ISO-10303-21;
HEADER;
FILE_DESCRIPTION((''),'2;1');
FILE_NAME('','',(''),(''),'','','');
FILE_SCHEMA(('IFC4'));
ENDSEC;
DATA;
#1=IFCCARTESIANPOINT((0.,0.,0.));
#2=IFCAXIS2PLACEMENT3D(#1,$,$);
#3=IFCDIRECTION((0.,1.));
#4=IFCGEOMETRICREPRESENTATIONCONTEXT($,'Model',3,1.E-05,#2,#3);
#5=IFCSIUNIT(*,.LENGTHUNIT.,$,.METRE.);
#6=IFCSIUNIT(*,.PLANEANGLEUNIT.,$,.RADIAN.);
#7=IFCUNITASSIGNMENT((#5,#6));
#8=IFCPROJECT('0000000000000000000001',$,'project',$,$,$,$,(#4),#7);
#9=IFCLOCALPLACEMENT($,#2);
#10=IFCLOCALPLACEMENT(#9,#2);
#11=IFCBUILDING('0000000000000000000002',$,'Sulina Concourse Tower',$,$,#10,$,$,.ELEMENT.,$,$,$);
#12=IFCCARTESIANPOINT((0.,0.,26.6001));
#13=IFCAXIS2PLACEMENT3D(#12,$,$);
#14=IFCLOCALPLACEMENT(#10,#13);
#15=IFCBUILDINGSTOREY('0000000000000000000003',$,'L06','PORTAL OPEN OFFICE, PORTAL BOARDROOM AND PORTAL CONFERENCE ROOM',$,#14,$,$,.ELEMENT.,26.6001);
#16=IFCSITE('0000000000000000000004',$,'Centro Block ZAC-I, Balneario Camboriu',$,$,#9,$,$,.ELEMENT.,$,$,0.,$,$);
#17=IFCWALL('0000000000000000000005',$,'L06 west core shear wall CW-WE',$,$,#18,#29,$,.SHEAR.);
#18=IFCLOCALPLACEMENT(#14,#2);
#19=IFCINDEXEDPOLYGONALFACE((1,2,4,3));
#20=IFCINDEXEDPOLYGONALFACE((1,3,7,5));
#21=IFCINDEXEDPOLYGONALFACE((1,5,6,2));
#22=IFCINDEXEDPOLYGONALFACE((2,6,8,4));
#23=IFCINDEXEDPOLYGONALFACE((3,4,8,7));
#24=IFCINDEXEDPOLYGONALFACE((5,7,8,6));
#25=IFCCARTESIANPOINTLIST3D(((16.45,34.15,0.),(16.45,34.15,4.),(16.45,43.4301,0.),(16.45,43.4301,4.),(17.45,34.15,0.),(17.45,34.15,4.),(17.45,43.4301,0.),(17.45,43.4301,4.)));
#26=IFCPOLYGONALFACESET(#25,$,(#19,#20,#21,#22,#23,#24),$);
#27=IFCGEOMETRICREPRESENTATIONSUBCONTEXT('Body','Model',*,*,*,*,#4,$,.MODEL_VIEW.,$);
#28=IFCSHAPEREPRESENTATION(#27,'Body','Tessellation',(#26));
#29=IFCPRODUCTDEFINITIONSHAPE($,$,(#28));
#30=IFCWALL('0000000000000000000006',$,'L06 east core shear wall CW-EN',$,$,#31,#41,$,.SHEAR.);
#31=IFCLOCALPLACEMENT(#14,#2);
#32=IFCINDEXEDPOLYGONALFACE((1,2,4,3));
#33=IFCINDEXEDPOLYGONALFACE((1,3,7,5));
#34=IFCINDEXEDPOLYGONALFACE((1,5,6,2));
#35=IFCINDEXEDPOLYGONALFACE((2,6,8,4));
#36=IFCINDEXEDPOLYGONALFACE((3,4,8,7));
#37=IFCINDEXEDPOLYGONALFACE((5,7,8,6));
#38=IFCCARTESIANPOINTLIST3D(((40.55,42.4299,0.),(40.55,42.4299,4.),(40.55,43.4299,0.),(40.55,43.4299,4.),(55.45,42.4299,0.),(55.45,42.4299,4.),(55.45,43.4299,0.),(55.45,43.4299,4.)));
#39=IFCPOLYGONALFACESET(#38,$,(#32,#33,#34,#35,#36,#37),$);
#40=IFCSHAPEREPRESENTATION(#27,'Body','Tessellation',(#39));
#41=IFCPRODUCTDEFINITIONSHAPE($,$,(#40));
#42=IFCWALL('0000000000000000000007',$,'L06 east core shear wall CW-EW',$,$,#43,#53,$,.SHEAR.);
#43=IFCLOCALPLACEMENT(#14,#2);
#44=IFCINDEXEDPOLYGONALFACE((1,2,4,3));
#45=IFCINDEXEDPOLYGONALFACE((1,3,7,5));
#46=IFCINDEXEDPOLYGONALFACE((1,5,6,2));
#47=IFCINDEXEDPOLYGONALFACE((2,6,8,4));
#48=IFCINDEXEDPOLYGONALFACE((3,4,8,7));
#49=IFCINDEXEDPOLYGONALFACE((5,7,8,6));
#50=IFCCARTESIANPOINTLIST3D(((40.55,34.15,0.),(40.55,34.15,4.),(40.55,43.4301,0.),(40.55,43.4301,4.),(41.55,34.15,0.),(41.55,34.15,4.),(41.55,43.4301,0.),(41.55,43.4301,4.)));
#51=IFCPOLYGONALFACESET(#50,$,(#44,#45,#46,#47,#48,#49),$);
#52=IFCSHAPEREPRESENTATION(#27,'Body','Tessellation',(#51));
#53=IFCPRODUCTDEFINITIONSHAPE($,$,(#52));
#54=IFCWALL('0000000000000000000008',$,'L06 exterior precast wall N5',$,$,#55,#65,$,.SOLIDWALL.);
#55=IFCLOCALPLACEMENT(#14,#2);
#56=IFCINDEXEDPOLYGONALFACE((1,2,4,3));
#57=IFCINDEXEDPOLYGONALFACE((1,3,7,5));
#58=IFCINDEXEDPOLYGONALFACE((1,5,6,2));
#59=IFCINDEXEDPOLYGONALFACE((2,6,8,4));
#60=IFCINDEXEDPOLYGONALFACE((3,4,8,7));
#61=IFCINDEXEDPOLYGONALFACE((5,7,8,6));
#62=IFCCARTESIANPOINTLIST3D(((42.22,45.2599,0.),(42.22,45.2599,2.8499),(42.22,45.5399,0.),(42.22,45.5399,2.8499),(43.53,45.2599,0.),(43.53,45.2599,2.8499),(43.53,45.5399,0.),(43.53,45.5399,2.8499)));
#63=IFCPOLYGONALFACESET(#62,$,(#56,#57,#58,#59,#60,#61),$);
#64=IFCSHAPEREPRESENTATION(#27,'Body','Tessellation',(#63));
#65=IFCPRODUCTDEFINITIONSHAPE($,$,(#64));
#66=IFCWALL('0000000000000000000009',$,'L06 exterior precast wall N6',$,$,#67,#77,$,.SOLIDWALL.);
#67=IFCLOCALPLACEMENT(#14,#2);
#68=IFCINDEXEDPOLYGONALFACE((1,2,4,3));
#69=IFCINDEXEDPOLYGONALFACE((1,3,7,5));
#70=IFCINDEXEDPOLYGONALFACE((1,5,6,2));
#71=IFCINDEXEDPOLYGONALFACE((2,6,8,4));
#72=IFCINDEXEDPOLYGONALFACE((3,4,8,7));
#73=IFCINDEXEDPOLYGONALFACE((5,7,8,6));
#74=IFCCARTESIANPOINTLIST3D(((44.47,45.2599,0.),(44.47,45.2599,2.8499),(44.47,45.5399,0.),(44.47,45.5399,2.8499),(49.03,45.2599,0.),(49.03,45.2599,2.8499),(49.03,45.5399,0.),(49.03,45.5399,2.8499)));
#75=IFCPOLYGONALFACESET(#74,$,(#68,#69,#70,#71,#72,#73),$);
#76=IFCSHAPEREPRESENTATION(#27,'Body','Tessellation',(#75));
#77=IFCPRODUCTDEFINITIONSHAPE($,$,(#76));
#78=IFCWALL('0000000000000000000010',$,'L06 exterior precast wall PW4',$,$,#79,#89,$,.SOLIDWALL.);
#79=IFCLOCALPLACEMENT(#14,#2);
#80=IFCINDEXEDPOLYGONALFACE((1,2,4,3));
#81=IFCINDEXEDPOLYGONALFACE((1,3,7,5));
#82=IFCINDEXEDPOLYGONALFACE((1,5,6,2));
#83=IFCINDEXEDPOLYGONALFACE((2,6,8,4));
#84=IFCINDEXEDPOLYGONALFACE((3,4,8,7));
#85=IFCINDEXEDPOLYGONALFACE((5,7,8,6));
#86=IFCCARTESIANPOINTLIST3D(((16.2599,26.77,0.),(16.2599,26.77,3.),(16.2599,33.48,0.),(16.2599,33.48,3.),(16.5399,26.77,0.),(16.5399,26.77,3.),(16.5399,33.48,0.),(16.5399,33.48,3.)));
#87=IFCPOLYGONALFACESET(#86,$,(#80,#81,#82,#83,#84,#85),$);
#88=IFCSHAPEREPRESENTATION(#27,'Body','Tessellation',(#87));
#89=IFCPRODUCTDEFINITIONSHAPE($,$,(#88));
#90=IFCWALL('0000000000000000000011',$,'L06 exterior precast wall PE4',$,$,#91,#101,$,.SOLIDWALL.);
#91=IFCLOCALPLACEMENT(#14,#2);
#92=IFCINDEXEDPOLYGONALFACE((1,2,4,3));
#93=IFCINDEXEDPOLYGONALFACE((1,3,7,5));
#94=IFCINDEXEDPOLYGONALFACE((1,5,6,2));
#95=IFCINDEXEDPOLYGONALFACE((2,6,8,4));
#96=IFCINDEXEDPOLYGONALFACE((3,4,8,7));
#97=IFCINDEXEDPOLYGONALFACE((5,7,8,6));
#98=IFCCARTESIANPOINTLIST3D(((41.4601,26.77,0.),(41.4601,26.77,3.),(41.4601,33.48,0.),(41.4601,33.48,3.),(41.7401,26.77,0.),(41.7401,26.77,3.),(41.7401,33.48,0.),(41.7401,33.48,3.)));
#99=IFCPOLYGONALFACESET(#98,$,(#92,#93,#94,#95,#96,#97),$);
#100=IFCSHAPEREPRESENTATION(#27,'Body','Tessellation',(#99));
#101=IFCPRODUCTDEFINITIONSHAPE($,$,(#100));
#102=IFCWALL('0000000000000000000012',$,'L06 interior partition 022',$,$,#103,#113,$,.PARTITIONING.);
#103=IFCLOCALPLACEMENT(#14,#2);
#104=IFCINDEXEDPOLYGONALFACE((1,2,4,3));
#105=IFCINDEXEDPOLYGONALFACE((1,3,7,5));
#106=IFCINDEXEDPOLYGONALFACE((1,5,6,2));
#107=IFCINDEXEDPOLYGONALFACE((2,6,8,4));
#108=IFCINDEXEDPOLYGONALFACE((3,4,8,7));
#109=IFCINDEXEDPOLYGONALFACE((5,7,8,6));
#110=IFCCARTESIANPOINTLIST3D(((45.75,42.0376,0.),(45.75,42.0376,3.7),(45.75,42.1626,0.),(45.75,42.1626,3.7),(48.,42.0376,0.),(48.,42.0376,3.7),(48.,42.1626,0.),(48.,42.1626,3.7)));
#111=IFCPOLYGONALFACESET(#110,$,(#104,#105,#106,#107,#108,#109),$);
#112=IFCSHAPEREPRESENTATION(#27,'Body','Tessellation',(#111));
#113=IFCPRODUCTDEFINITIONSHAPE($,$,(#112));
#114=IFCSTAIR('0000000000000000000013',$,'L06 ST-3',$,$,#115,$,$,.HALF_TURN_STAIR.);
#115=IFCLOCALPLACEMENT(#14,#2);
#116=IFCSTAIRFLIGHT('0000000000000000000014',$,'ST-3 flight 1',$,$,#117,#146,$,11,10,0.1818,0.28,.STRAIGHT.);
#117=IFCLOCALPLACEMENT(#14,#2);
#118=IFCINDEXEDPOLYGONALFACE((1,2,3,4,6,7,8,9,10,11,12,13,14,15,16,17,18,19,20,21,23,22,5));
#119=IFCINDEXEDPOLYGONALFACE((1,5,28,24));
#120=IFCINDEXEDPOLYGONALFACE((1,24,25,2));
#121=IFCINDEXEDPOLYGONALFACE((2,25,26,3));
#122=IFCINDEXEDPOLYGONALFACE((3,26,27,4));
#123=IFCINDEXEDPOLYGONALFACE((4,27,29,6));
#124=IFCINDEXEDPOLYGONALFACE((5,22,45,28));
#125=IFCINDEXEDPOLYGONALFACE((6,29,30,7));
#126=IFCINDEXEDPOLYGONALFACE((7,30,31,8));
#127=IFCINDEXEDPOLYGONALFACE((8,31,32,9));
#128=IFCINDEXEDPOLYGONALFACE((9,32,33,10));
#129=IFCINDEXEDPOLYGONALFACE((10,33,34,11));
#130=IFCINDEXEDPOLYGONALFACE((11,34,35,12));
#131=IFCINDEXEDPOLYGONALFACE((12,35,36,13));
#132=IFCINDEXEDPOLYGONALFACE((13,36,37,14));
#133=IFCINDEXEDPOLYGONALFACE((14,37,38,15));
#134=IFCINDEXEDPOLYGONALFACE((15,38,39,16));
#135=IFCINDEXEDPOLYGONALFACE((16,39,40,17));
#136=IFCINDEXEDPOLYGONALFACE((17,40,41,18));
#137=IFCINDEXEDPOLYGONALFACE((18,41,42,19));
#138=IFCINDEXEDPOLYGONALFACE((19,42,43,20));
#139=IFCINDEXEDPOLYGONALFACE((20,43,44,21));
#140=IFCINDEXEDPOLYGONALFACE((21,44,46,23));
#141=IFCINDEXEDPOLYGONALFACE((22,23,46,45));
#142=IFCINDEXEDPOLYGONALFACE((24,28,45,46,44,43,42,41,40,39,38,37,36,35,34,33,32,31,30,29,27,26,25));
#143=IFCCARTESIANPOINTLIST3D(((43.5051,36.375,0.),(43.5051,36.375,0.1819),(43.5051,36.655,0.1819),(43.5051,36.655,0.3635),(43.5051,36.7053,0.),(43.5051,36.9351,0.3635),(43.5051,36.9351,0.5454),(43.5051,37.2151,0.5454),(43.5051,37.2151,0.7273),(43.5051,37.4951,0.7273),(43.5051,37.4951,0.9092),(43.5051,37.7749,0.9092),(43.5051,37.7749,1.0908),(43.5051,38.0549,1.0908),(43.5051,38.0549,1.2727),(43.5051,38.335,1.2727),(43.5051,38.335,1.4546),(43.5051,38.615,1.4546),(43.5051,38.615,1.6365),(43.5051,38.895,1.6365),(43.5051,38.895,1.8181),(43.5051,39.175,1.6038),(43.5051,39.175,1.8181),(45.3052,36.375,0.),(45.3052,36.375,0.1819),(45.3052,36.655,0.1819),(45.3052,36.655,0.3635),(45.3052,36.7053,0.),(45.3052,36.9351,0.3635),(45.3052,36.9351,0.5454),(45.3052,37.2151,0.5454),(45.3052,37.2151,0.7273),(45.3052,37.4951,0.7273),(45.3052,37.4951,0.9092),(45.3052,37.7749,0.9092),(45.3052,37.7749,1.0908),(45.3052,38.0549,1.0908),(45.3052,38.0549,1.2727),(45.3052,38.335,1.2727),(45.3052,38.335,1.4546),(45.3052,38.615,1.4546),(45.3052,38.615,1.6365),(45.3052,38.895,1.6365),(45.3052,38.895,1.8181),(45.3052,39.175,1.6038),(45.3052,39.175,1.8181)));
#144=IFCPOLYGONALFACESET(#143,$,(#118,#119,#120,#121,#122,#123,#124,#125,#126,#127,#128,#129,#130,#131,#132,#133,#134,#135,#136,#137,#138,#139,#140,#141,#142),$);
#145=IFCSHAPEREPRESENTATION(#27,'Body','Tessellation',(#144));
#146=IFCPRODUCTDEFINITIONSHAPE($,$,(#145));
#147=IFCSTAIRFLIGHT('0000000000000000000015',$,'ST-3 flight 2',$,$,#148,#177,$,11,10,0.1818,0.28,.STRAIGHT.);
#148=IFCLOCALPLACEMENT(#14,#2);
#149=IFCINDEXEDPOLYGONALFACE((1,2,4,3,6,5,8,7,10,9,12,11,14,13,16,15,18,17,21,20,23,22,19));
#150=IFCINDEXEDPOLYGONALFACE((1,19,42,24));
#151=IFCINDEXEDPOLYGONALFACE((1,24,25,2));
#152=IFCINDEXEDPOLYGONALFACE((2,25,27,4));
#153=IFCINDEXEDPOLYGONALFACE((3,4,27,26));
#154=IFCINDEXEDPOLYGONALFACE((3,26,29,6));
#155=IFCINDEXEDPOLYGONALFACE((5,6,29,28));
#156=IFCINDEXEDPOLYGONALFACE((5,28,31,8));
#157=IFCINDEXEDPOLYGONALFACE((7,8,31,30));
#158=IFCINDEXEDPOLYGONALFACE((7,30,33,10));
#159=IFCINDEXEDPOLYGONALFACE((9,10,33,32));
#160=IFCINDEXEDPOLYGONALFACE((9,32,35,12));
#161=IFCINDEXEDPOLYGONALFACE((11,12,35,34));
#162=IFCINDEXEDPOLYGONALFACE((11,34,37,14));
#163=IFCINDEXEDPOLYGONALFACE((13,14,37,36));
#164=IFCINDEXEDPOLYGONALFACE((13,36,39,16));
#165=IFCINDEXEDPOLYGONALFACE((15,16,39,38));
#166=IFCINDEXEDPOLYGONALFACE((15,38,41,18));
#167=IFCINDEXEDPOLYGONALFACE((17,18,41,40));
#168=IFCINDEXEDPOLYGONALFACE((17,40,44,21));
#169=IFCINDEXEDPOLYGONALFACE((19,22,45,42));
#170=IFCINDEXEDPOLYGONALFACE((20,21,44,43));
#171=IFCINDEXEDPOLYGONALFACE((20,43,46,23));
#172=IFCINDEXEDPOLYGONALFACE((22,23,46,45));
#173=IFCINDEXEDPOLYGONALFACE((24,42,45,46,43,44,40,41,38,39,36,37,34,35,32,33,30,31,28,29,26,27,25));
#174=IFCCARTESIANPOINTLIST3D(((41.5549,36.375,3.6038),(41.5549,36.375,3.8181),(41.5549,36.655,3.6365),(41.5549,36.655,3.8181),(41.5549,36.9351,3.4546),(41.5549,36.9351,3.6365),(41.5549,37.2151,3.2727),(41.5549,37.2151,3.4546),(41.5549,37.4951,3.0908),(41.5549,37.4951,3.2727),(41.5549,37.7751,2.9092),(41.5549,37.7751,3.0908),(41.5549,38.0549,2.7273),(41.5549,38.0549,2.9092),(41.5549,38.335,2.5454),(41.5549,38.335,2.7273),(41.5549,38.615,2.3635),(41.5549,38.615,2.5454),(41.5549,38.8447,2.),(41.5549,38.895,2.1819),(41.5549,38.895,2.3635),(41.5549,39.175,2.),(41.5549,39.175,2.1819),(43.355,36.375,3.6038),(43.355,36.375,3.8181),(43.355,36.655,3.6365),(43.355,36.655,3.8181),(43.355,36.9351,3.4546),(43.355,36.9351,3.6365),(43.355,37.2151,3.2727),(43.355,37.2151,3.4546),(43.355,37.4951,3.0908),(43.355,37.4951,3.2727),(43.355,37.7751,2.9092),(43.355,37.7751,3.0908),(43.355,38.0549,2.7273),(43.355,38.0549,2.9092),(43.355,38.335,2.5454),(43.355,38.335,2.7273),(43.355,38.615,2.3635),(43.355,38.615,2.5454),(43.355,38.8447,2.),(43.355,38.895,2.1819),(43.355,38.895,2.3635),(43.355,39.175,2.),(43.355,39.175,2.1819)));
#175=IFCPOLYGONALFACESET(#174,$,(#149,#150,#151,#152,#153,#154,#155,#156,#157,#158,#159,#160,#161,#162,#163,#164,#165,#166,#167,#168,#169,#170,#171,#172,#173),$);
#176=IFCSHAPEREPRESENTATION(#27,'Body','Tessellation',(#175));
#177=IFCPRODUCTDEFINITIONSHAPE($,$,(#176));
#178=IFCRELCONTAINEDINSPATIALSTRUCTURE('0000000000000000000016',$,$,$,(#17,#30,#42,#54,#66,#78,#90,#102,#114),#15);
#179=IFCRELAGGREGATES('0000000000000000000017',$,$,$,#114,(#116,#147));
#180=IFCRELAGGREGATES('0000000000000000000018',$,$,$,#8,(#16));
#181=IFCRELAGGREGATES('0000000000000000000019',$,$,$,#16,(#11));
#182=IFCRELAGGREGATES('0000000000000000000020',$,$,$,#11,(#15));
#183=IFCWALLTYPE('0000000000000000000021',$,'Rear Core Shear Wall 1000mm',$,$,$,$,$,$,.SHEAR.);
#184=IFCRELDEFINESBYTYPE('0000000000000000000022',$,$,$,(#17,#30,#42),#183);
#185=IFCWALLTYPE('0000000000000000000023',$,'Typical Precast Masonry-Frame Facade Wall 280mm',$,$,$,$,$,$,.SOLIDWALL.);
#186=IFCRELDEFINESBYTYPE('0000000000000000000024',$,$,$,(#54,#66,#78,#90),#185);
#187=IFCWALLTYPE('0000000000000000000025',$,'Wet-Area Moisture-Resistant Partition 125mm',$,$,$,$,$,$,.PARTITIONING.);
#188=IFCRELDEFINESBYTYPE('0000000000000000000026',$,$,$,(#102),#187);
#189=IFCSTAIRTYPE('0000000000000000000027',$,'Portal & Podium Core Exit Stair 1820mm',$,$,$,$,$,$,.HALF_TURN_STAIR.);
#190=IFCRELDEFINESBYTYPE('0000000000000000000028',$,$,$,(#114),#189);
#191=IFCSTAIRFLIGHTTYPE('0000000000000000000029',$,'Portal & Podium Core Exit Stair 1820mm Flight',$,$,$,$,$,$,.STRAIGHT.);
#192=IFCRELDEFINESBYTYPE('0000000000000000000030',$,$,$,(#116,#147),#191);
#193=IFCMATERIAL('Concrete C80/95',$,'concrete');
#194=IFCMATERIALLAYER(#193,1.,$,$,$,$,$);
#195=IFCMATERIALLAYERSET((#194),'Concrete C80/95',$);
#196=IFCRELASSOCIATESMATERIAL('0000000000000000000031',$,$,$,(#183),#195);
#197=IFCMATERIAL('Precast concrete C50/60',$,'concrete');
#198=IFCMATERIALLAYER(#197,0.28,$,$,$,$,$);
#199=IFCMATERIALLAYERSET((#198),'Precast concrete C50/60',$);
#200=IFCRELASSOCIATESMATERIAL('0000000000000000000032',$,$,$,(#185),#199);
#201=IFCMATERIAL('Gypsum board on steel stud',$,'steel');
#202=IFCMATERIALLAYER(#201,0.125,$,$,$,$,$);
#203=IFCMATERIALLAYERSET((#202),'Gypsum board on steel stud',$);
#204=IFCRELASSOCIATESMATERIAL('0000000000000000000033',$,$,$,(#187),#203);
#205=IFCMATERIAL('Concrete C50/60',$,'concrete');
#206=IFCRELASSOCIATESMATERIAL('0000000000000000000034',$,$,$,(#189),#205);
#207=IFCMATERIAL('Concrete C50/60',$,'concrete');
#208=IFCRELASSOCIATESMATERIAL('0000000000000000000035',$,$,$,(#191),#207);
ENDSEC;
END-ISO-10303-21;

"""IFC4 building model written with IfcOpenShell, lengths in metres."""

from ifc_helpers import new_model, si_unit, direction, frame, frame_2d, origin, place, context, subcontext, project, spatial, polyline, rectangle, outline, extrude, material, layer, layer_set, type_object, element, aggregate, save


model = new_model("IFC4")

# Units and contexts
model_context = context("Model", 3, precision=1e-05, world=origin(), true_north=direction((0.0, 1.0)))
body_context = subcontext(model_context, "Body", "Model", "MODEL_VIEW")
ifc_project = project(units=[si_unit("LENGTHUNIT", "METRE"), si_unit("PLANEANGLEUNIT", "RADIAN")], contexts=[model_context])

# Site, building, storey
site_placement = place(None, origin())
site = spatial("IfcSite", under=ifc_project, at=site_placement, Name="Centro Block ZAC-I, Balneario Camboriu", CompositionType="ELEMENT", RefElevation=0.0)
building_placement = place(site_placement, origin())
building = spatial("IfcBuilding", under=site, at=building_placement, Name="Sulina Concourse Tower", CompositionType="ELEMENT")
storey_placement = place(building_placement, frame((0.0, 0.0, 26.6001)))
storey = spatial("IfcBuildingStorey", under=building, at=storey_placement, Name="L06", Description="PORTAL OPEN OFFICE, PORTAL BOARDROOM AND PORTAL CONFERENCE ROOM", CompositionType="ELEMENT", Elevation=26.6001)

# Walls
ifc_material_1 = material(Name="Concrete C80/95", Category="concrete")
ifc_layer_1 = layer(ifc_material_1, 1.0)
ifc_layer_set_1 = layer_set([ifc_layer_1], Name="Concrete C80/95")
wall_type_1 = type_object("IfcWallType", Name="Rear Core Shear Wall 1000mm", PredefinedType="SHEAR", material=ifc_layer_set_1)
wall_1_placement = place(storey_placement, frame((16.95, 34.1499, 0.0), z_axis=(0.0, 0.0, 1.0), x_axis=(0.0, 1.0, 0.0)))
element("IfcWall", 1, at=wall_1_placement, inside=storey, type_object=wall_type_1, Name="L06 west core shear wall CW-WE", PredefinedType="SHEAR", context=body_context, shape_type="SweptSolid", body=[
    extrude(rectangle(XDim=9.28, YDim=1.0, at=frame_2d((4.6401, 0.0))), origin(), (0.0, 0.0, 1.0), 4.0),
])
wall_2_placement = place(storey_placement, frame((40.55, 42.9299, 0.0), z_axis=(0.0, 0.0, 1.0), x_axis=(1.0, 0.0, 0.0)))
element("IfcWall", 2, at=wall_2_placement, inside=storey, type_object=wall_type_1, Name="L06 east core shear wall CW-EN", PredefinedType="SHEAR", context=body_context, shape_type="SweptSolid", body=[
    extrude(rectangle(XDim=14.8999, YDim=1.0, at=frame_2d((7.45, 0.0))), origin(), (0.0, 0.0, 1.0), 4.0),
])
wall_3_placement = place(storey_placement, frame((41.05, 34.1499, 0.0), z_axis=(0.0, 0.0, 1.0), x_axis=(0.0, 1.0, 0.0)))
element("IfcWall", 3, at=wall_3_placement, inside=storey, type_object=wall_type_1, Name="L06 east core shear wall CW-EW", PredefinedType="SHEAR", context=body_context, shape_type="SweptSolid", body=[
    extrude(rectangle(XDim=9.28, YDim=1.0, at=frame_2d((4.6401, 0.0))), origin(), (0.0, 0.0, 1.0), 4.0),
])
ifc_material_2 = material(Name="Precast concrete C50/60", Category="concrete")
ifc_layer_2 = layer(ifc_material_2, 0.28)
ifc_layer_set_2 = layer_set([ifc_layer_2], Name="Precast concrete C50/60")
wall_type_2 = type_object("IfcWallType", Name="Typical Precast Masonry-Frame Facade Wall 280mm", PredefinedType="SOLIDWALL", material=ifc_layer_set_2)
wall_4_placement = place(storey_placement, frame((42.22, 45.3999, 0.0), z_axis=(0.0, 0.0, 1.0), x_axis=(1.0, 0.0, 0.0)))
element("IfcWall", 4, at=wall_4_placement, inside=storey, type_object=wall_type_2, Name="L06 exterior precast wall N5", PredefinedType="SOLIDWALL", context=body_context, shape_type="SweptSolid", body=[
    extrude(rectangle(XDim=1.3101, YDim=0.28, at=frame_2d((0.655, 0.0))), origin(), (0.0, 0.0, 1.0), 2.8499),
])
wall_5_placement = place(storey_placement, frame((44.47, 45.3999, 0.0), z_axis=(0.0, 0.0, 1.0), x_axis=(1.0, 0.0, 0.0)))
element("IfcWall", 5, at=wall_5_placement, inside=storey, type_object=wall_type_2, Name="L06 exterior precast wall N6", PredefinedType="SOLIDWALL", context=body_context, shape_type="SweptSolid", body=[
    extrude(rectangle(XDim=4.5601, YDim=0.28, at=frame_2d((2.28, 0.0))), origin(), (0.0, 0.0, 1.0), 2.8499),
])
for number, where, z_axis, x_axis, name in (
    (6, (16.3999, 33.48, 0.0), (0.0, 0.0, 1.0), (0.0, -1.0, 0.0), "L06 exterior precast wall PW4"),
    (7, (41.6001, 26.77, 0.0), (0.0, 0.0, 1.0), (0.0, 1.0, 0.0), "L06 exterior precast wall PE4"),
):
    element("IfcWall", number, at=place(storey_placement, frame(where, z_axis=z_axis, x_axis=x_axis)), inside=storey, type_object=wall_type_2, Name=name, PredefinedType="SOLIDWALL", context=body_context, shape_type="SweptSolid", body=[
        extrude(rectangle(XDim=6.71, YDim=0.28, at=frame_2d((3.355, 0.0))), origin(), (0.0, 0.0, 1.0), 3.0),
    ])
ifc_material_3 = material(Name="Gypsum board on steel stud", Category="steel")
ifc_layer_3 = layer(ifc_material_3, 0.125)
ifc_layer_set_3 = layer_set([ifc_layer_3], Name="Gypsum board on steel stud")
wall_type_3 = type_object("IfcWallType", Name="Wet-Area Moisture-Resistant Partition 125mm", PredefinedType="PARTITIONING", material=ifc_layer_set_3)
wall_6_placement = place(storey_placement, frame((45.75, 42.1001, 0.0), z_axis=(0.0, 0.0, 1.0), x_axis=(1.0, 0.0, 0.0)))
element("IfcWall", 8, at=wall_6_placement, inside=storey, type_object=wall_type_3, Name="L06 interior partition 022", PredefinedType="PARTITIONING", context=body_context, shape_type="SweptSolid", body=[
    extrude(rectangle(XDim=2.25, YDim=0.125, at=frame_2d((1.125, 0.0))), origin(), (0.0, 0.0, 1.0), 3.7),
])

# Stair, stair flights
ifc_material_4 = material(Name="Concrete C50/60", Category="concrete")
stair_type = type_object("IfcStairType", Name="Portal & Podium Core Exit Stair 1820mm", PredefinedType="HALF_TURN_STAIR", material=ifc_material_4)
stair_placement = place(storey_placement, origin())
stair = element("IfcStair", 9, at=stair_placement, inside=storey, type_object=stair_type, Name="L06 ST-3", PredefinedType="HALF_TURN_STAIR")
ifc_material_5 = material(Name="Concrete C50/60", Category="concrete")
stair_flight_type = type_object("IfcStairFlightType", Name="Portal & Podium Core Exit Stair 1820mm Flight", PredefinedType="STRAIGHT", material=ifc_material_5)
stair_flight_1_placement = place(storey_placement, frame((44.405, 36.375, 0.0), z_axis=(0.0, 0.0, 1.0), x_axis=(0.0, 1.0, 0.0)))
stair_flight_1 = element("IfcStairFlight", 10, at=stair_flight_1_placement, type_object=stair_flight_type, Name="ST-3 flight 1", NumberOfRisers=11, NumberOfTreads=10, PredefinedType="STRAIGHT", RiserHeight=0.1818, TreadLength=0.28, context=body_context, shape_type="SweptSolid", body=[
    extrude(outline(polyline([(0.0, 0.0), (0.0, 0.1819), (0.28, 0.1819), (0.28, 0.3635), (0.5601, 0.3635), (0.5601, 0.5454), (0.8401, 0.5454), (0.8401, 0.7273), (1.1201, 0.7273), (1.1201, 0.9092), (1.3999, 0.9092), (1.3999, 1.0908), (1.6799, 1.0908), (1.6799, 1.2727), (1.96, 1.2727), (1.96, 1.4546), (2.24, 1.4546), (2.24, 1.6365), (2.52, 1.6365), (2.52, 1.8181), (2.8, 1.8181), (2.8, 2.0), (2.8, 1.6038), (0.3303, 0.0), (0.0, 0.0)])), frame((0.0, 0.8999, 0.0), z_axis=(0.0, -1.0, 0.0), x_axis=(1.0, 0.0, 0.0)), (0.0, 0.0, 1.0), 1.8),
])
stair_flight_2_placement = place(storey_placement, frame((42.4551, 39.175, 2.0), z_axis=(0.0, 0.0, 1.0), x_axis=(0.0, -1.0, 0.0)))
stair_flight_2 = element("IfcStairFlight", 11, at=stair_flight_2_placement, type_object=stair_flight_type, Name="ST-3 flight 2", NumberOfRisers=11, NumberOfTreads=10, PredefinedType="STRAIGHT", RiserHeight=0.1818, TreadLength=0.28, context=body_context, shape_type="SweptSolid", body=[
    extrude(outline(polyline([(0.0, 0.0), (0.0, 0.1819), (0.28, 0.1819), (0.28, 0.3635), (0.5601, 0.3635), (0.5601, 0.5454), (0.8401, 0.5454), (0.8401, 0.7273), (1.1201, 0.7273), (1.1201, 0.9092), (1.3999, 0.9092), (1.3999, 1.0908), (1.6799, 1.0908), (1.6799, 1.2727), (1.96, 1.2727), (1.96, 1.4546), (2.24, 1.4546), (2.24, 1.6365), (2.52, 1.6365), (2.52, 1.8181), (2.8, 1.8181), (2.8, 2.0), (2.8, 1.6038), (0.3303, 0.0), (0.0, 0.0)])), frame((0.0, 0.8999, 0.0), z_axis=(0.0, -1.0, 0.0), x_axis=(1.0, 0.0, 0.0)), (0.0, 0.0, 1.0), 1.8),
])
aggregate(stair, [stair_flight_1, stair_flight_2])

save(model, "model.ifc")
